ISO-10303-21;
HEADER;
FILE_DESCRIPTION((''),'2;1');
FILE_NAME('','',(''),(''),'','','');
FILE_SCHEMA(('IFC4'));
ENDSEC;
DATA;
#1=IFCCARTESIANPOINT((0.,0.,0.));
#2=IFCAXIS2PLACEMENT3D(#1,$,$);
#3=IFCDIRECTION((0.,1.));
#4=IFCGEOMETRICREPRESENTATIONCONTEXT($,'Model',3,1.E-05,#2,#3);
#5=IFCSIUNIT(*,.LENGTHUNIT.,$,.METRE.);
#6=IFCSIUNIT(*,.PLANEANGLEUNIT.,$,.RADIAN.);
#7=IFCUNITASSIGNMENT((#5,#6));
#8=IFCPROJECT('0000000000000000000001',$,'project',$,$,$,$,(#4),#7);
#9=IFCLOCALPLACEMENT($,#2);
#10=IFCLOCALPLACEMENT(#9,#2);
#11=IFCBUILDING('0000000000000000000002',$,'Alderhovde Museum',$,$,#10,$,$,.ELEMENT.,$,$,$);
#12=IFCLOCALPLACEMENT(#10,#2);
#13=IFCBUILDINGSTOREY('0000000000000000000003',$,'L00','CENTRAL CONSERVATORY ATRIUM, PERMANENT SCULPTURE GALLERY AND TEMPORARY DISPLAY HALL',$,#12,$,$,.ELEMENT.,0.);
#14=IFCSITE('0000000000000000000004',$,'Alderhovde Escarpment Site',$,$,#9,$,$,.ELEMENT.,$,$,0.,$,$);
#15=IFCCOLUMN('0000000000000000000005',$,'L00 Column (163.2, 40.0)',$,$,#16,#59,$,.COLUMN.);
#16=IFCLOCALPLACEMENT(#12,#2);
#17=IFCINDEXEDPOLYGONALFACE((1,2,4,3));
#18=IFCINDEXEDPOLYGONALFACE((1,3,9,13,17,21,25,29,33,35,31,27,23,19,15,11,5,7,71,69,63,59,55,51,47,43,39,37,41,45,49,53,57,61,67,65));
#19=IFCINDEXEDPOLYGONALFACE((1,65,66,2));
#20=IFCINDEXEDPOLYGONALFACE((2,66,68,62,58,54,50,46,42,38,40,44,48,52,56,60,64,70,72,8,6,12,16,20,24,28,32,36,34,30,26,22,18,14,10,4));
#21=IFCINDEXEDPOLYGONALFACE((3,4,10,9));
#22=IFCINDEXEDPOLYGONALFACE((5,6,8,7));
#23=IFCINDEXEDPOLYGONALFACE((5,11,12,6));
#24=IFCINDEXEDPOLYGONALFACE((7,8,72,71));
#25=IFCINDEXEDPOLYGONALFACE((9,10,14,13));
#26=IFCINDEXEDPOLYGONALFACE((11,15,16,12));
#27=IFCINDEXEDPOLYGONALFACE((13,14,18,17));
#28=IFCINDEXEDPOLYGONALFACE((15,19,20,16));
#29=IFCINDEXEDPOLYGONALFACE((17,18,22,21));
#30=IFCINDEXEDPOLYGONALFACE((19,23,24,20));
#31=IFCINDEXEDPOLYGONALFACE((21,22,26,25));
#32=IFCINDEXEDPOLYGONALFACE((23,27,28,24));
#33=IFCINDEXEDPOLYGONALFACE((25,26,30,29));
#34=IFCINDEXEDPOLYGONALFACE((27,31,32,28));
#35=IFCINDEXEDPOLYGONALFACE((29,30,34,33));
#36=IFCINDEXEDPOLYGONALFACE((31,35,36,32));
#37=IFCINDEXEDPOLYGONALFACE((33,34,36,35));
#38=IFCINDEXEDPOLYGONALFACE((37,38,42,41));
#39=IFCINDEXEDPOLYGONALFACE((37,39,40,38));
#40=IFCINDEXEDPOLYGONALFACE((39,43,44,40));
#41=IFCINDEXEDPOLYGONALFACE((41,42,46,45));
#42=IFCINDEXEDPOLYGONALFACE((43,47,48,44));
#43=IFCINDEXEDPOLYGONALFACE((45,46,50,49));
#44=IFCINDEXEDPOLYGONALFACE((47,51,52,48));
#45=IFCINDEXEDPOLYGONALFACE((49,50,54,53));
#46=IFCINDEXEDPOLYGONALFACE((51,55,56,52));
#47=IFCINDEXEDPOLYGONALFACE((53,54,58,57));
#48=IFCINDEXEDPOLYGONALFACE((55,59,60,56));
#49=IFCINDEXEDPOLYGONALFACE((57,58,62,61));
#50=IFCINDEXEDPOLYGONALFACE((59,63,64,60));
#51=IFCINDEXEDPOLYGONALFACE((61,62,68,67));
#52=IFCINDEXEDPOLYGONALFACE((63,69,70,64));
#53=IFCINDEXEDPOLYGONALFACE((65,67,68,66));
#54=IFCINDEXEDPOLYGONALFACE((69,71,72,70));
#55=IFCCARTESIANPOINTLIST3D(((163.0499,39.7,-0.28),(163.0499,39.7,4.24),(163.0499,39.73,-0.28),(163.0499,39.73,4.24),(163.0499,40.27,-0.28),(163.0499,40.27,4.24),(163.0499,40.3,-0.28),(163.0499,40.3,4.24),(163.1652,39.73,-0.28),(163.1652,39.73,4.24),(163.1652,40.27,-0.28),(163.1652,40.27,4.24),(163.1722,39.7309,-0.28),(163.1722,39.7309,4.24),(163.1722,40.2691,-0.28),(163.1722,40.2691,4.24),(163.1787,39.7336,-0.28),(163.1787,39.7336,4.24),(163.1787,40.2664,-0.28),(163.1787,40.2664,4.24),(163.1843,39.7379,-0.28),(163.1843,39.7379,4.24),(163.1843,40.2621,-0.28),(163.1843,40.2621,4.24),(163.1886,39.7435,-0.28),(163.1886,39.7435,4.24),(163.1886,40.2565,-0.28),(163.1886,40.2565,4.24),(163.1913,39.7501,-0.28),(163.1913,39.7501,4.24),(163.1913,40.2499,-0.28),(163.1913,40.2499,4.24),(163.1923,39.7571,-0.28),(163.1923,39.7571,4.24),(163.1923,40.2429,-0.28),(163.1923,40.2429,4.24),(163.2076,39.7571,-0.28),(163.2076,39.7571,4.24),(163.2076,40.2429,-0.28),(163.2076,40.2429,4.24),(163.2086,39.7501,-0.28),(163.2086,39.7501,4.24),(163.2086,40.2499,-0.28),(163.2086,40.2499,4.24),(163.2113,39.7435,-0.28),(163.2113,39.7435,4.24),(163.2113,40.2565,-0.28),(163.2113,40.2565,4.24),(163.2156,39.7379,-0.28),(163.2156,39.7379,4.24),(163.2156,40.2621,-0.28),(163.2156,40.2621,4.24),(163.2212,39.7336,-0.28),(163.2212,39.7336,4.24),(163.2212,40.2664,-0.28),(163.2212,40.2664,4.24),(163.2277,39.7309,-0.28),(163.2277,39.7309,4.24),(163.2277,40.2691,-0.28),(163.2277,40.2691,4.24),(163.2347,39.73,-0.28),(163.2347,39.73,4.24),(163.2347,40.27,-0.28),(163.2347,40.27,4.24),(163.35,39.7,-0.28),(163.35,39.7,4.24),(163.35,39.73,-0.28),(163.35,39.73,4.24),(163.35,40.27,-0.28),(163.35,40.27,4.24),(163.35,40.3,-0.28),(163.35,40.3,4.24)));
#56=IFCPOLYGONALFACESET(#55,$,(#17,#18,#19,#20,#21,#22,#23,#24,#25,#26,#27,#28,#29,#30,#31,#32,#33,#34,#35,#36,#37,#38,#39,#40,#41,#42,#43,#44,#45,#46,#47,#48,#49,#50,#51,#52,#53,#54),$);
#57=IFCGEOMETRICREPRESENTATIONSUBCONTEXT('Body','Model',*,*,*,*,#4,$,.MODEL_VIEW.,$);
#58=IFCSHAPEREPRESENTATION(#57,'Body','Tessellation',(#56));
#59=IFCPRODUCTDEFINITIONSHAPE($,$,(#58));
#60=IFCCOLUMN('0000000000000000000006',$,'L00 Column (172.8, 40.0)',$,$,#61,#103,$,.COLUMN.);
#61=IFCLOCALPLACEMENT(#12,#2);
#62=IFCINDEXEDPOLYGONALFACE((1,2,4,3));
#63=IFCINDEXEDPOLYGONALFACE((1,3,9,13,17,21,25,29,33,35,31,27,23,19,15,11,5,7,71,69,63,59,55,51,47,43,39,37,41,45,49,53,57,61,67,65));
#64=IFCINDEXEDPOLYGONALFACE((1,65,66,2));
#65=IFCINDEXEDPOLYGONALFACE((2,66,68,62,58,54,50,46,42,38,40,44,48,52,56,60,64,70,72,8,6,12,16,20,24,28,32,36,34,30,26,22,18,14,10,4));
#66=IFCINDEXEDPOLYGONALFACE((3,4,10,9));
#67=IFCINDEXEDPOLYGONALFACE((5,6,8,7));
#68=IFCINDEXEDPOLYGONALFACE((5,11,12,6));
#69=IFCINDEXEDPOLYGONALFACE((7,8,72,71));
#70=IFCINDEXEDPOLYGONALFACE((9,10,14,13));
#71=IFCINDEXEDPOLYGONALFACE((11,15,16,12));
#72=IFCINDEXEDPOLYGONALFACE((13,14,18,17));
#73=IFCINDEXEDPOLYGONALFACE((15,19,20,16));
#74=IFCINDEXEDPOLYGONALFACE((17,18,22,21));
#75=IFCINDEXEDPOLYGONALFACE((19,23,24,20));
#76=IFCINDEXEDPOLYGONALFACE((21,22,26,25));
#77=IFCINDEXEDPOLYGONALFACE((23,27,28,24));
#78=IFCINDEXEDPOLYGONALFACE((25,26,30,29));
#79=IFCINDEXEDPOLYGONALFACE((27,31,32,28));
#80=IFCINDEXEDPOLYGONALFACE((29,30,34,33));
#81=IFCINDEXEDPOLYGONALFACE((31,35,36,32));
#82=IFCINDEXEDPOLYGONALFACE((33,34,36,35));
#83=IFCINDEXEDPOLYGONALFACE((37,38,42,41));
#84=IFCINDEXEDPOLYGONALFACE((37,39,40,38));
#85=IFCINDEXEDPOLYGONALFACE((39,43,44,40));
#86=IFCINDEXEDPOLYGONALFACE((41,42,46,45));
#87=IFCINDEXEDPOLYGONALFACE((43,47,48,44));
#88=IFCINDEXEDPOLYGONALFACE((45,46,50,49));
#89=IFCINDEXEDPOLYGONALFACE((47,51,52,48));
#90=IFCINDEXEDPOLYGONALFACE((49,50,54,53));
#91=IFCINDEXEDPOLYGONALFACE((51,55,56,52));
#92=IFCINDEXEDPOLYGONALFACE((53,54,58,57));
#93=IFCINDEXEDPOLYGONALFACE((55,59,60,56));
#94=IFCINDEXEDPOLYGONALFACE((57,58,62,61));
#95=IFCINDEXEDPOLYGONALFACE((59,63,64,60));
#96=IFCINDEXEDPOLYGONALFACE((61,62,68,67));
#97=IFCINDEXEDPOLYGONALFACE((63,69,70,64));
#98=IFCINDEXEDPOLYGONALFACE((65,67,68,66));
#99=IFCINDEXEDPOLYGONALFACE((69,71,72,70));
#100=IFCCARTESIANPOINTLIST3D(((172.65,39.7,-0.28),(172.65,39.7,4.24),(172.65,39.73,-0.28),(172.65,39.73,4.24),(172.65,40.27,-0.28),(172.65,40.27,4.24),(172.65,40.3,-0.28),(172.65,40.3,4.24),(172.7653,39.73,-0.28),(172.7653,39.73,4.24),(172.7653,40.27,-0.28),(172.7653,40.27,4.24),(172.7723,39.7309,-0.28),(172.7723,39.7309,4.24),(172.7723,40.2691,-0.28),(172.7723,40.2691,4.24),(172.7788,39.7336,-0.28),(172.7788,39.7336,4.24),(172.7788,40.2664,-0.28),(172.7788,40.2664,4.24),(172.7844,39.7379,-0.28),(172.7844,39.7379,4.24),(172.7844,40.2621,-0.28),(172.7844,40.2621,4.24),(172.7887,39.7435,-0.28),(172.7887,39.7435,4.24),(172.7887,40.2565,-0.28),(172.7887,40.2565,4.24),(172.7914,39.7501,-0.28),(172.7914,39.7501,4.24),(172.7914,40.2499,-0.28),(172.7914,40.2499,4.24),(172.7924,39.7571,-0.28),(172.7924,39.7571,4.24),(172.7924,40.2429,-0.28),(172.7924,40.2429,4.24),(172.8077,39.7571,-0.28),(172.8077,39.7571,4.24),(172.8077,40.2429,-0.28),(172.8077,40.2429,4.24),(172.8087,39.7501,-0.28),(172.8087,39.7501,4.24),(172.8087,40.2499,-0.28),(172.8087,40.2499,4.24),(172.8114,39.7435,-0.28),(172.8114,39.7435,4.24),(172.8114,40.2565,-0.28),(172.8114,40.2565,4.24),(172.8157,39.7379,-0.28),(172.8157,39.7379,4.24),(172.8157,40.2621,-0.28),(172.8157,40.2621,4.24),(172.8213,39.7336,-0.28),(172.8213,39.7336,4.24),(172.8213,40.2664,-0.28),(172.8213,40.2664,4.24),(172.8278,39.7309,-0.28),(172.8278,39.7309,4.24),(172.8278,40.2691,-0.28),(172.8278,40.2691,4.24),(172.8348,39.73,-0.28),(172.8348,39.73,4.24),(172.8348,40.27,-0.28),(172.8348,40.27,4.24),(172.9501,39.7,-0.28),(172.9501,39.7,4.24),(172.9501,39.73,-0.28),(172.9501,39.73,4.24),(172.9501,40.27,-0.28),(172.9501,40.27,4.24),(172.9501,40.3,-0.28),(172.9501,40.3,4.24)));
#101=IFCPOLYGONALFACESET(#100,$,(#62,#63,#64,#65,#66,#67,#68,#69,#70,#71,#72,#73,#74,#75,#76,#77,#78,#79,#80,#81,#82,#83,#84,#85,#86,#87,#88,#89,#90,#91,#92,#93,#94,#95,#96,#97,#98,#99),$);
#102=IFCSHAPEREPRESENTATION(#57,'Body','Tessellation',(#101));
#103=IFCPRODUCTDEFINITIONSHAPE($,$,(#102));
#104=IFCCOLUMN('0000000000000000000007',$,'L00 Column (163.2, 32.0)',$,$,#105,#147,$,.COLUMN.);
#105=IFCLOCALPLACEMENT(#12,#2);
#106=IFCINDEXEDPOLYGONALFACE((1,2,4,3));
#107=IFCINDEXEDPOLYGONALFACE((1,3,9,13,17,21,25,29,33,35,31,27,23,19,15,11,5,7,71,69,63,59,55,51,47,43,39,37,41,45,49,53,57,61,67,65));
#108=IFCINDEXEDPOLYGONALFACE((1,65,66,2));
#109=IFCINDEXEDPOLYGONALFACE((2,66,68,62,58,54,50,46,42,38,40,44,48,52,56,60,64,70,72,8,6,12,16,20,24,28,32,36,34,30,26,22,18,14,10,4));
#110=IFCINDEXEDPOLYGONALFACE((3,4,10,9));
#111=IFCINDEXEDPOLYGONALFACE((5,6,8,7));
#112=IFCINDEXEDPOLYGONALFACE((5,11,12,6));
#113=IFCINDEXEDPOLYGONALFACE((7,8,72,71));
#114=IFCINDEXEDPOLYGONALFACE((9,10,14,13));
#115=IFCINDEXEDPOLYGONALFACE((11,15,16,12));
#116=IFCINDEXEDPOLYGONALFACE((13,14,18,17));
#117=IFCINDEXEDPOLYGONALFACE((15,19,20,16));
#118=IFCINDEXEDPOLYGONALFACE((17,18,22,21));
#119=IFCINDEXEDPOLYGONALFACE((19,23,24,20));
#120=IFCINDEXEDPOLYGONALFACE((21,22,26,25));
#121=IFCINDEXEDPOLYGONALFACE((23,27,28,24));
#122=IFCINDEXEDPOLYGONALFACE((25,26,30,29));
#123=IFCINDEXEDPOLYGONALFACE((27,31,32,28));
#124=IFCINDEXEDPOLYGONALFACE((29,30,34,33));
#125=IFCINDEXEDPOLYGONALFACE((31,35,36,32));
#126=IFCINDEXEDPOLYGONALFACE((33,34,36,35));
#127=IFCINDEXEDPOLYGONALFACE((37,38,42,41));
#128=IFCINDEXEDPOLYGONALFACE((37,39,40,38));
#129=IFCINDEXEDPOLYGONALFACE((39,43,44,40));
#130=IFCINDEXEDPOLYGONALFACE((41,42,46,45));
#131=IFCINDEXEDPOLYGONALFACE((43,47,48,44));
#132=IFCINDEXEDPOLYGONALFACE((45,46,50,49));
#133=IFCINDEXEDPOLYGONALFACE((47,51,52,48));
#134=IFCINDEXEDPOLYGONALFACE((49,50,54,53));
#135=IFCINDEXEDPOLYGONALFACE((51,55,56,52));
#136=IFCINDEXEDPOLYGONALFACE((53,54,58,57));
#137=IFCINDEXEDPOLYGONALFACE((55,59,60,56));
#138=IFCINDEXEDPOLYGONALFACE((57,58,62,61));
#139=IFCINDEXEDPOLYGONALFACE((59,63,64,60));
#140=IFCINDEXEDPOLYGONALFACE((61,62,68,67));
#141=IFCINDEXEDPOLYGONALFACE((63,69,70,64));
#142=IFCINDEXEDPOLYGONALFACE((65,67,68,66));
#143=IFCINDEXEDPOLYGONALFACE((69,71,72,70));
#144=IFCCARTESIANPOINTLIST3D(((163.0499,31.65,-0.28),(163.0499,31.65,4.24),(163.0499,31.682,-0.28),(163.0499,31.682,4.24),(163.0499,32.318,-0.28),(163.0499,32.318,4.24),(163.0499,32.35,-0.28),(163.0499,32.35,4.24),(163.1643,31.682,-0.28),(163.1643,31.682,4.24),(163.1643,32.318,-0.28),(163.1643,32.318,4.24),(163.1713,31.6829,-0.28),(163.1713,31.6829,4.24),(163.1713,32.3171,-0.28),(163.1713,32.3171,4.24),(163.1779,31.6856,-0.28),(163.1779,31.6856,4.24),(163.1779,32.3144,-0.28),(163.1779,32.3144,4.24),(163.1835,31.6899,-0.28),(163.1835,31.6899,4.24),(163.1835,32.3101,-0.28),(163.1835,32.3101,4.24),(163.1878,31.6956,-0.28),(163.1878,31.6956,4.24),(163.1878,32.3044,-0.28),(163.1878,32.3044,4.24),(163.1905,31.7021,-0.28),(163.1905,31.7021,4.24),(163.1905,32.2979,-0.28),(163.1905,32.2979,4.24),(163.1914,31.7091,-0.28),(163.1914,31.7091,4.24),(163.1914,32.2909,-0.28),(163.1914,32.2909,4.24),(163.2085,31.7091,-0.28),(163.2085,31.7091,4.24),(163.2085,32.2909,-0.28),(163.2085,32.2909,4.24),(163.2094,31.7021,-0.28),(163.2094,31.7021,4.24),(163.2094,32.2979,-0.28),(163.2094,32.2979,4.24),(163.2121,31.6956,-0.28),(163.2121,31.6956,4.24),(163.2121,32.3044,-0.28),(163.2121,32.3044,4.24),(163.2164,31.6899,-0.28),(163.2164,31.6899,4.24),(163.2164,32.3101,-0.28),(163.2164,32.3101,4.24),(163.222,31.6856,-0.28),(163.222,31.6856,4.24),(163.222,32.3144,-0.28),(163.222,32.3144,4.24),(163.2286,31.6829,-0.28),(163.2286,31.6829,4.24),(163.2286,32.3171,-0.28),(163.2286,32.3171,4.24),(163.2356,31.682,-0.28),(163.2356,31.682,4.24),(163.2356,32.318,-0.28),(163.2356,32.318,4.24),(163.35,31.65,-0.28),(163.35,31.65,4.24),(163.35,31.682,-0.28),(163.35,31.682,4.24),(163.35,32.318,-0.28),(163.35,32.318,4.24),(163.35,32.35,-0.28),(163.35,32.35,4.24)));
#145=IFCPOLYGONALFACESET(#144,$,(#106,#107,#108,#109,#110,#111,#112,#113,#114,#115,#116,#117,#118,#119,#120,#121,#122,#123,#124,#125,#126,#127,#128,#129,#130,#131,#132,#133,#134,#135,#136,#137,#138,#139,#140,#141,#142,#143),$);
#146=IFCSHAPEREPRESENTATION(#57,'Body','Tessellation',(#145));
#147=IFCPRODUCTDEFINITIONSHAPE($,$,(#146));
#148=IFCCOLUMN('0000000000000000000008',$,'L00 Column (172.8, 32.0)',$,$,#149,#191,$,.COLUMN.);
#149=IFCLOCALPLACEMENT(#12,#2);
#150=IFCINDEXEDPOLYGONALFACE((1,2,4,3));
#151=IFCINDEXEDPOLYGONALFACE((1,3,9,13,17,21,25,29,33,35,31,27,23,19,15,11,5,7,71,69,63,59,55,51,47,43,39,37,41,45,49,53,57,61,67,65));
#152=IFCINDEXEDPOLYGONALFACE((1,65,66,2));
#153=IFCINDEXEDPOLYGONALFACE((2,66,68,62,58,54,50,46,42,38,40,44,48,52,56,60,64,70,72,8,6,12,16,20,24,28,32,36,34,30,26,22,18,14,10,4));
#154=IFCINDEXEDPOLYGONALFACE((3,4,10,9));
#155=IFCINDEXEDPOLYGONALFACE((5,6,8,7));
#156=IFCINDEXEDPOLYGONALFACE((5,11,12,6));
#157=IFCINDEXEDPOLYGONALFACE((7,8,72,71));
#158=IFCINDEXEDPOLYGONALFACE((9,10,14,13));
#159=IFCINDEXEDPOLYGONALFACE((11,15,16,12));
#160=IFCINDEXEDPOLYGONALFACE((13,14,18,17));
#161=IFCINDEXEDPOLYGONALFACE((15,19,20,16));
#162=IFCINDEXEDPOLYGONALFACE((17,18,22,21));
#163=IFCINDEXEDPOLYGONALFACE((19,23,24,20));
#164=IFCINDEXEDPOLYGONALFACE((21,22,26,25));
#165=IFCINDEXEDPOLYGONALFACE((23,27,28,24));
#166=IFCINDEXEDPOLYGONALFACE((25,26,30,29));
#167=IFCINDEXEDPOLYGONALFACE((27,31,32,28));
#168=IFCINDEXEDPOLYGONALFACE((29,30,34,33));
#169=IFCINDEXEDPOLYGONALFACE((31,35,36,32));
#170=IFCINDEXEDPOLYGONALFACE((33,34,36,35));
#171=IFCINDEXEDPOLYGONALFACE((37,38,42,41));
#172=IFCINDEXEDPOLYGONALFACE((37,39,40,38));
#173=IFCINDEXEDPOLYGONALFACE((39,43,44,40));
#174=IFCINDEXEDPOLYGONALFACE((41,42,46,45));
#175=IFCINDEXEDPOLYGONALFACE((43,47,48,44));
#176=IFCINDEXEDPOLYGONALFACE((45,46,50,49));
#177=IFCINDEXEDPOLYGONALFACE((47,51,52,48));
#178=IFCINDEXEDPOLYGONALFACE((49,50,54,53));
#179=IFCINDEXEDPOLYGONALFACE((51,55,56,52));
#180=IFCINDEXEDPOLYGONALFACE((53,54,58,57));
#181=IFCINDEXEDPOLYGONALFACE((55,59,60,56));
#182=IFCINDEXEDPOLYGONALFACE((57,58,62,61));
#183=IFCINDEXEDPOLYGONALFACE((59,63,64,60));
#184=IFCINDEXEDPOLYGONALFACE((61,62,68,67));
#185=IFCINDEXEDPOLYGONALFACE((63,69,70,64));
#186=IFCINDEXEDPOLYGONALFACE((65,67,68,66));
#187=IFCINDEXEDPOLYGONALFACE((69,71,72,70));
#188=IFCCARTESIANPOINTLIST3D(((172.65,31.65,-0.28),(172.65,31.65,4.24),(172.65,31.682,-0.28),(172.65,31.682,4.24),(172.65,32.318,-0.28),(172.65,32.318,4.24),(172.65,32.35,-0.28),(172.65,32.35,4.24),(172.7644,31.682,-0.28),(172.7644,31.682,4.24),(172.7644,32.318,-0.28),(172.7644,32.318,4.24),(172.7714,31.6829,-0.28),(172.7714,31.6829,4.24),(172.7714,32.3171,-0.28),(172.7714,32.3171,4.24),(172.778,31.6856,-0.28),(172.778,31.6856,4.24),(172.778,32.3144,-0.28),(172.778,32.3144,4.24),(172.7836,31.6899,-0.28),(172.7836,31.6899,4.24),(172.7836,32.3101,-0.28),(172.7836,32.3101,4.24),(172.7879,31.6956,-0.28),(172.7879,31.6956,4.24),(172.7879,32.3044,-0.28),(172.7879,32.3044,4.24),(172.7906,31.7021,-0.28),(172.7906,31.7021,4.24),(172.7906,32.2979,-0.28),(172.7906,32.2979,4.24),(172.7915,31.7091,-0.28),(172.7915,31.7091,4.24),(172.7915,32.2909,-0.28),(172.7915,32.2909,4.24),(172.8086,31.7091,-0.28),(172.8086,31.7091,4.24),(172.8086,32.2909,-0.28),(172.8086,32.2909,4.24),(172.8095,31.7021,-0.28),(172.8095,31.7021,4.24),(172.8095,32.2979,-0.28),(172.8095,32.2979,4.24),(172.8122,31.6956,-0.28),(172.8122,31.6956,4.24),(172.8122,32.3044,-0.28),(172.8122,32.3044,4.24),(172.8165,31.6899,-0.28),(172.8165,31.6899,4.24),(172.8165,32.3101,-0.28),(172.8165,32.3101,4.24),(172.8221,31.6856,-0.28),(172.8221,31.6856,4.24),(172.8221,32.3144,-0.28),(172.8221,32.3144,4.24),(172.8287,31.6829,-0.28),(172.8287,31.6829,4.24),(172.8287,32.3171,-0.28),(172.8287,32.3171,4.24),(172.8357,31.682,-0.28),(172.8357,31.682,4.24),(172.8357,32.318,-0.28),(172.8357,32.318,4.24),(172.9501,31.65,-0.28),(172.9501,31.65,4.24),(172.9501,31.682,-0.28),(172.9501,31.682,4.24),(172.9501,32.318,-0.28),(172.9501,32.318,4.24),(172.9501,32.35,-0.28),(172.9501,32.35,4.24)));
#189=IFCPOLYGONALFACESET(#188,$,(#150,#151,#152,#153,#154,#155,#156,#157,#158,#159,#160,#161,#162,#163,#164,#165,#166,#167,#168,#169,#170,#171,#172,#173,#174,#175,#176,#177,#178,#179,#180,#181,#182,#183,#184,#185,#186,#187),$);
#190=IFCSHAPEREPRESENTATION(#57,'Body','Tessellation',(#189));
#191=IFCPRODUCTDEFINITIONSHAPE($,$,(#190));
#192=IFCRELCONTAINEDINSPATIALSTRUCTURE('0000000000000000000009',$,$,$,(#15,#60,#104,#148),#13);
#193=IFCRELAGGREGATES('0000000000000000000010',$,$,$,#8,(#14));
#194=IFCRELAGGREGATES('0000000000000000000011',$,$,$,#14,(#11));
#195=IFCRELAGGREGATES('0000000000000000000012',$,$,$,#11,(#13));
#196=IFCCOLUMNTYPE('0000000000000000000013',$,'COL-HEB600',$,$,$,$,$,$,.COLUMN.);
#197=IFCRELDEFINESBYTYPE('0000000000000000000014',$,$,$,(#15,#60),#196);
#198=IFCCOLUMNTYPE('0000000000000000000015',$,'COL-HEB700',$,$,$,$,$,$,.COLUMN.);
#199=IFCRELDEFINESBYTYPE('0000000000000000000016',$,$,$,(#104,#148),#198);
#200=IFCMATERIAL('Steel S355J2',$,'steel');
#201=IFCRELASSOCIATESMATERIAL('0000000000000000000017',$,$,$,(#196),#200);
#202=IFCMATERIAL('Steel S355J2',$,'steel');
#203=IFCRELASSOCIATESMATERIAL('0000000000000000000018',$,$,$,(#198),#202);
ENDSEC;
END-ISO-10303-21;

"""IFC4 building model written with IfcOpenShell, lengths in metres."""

from ifc_helpers import new_model, si_unit, direction, frame, origin, origin_2d, place, context, subcontext, project, spatial, i_section, extrude, material, material_profile, profile_set, type_object, element, save


model = new_model("IFC4")

# Units and contexts
model_context = context("Model", 3, precision=1e-05, world=origin(), true_north=direction((0.0, 1.0)))
body_context = subcontext(model_context, "Body", "Model", "MODEL_VIEW")
ifc_project = project(units=[si_unit("LENGTHUNIT", "METRE"), si_unit("PLANEANGLEUNIT", "RADIAN")], contexts=[model_context])

# Site, building, storey
site_placement = place(None, origin())
site = spatial("IfcSite", under=ifc_project, at=site_placement, Name="Alderhovde Escarpment Site", CompositionType="ELEMENT", RefElevation=0.0)
building_placement = place(site_placement, origin())
building = spatial("IfcBuilding", under=site, at=building_placement, Name="Alderhovde Museum", CompositionType="ELEMENT")
storey_placement = place(building_placement, origin())
storey = spatial("IfcBuildingStorey", under=building, at=storey_placement, Name="L00", Description="CENTRAL CONSERVATORY ATRIUM, PERMANENT SCULPTURE GALLERY AND TEMPORARY DISPLAY HALL", CompositionType="ELEMENT", Elevation=0.0)

# Columns
ifc_material_1 = material(Name="Steel S355J2", Category="steel")
ifc_material_profile_1 = material_profile(ifc_material_1, i_section(OverallWidth=0.3, OverallDepth=0.6001, WebThickness=0.0154, FlangeThickness=0.03, FilletRadius=0.0271, at=origin_2d()), Name="HEB 600")
ifc_profile_set_1 = profile_set([ifc_material_profile_1], Name="Steel S355J2")
column_type_1 = type_object("IfcColumnType", Name="COL-HEB600", PredefinedType="COLUMN", material=ifc_profile_set_1)
for number, where, z_axis, x_axis, name in (
    (1, (163.2, 40.0, -0.28), (0.0, 0.0, 1.0), (1.0, 0.0, 0.0), "L00 Column (163.2, 40.0)"),
    (2, (172.8, 40.0, -0.28), (0.0, 0.0, 1.0), (1.0, 0.0, 0.0), "L00 Column (172.8, 40.0)"),
):
    element("IfcColumn", number, at=place(storey_placement, frame(where, z_axis=z_axis, x_axis=x_axis)), inside=storey, type_object=column_type_1, Name=name, PredefinedType="COLUMN", context=body_context, shape_type="SweptSolid", body=[
        extrude(i_section(OverallWidth=0.3, OverallDepth=0.6001, WebThickness=0.0154, FlangeThickness=0.03, FilletRadius=0.0271, at=origin_2d()), origin(), (0.0, 0.0, 1.0), 4.52),
    ])
ifc_material_2 = material(Name="Steel S355J2", Category="steel")
ifc_material_profile_2 = material_profile(ifc_material_2, i_section(OverallWidth=0.3, OverallDepth=0.7, WebThickness=0.0171, FlangeThickness=0.032, FilletRadius=0.0271, at=origin_2d()), Name="HEB 700")
ifc_profile_set_2 = profile_set([ifc_material_profile_2], Name="Steel S355J2")
column_type_2 = type_object("IfcColumnType", Name="COL-HEB700", PredefinedType="COLUMN", material=ifc_profile_set_2)
for number, where, z_axis, x_axis, name in (
    (3, (163.2, 32.0, -0.28), (0.0, 0.0, 1.0), (1.0, 0.0, 0.0), "L00 Column (163.2, 32.0)"),
    (4, (172.8, 32.0, -0.28), (0.0, 0.0, 1.0), (1.0, 0.0, 0.0), "L00 Column (172.8, 32.0)"),
):
    element("IfcColumn", number, at=place(storey_placement, frame(where, z_axis=z_axis, x_axis=x_axis)), inside=storey, type_object=column_type_2, Name=name, PredefinedType="COLUMN", context=body_context, shape_type="SweptSolid", body=[
        extrude(i_section(OverallWidth=0.3, OverallDepth=0.7, WebThickness=0.0171, FlangeThickness=0.032, FilletRadius=0.0271, at=origin_2d()), origin(), (0.0, 0.0, 1.0), 4.52),
    ])

save(model, "model.ifc")
